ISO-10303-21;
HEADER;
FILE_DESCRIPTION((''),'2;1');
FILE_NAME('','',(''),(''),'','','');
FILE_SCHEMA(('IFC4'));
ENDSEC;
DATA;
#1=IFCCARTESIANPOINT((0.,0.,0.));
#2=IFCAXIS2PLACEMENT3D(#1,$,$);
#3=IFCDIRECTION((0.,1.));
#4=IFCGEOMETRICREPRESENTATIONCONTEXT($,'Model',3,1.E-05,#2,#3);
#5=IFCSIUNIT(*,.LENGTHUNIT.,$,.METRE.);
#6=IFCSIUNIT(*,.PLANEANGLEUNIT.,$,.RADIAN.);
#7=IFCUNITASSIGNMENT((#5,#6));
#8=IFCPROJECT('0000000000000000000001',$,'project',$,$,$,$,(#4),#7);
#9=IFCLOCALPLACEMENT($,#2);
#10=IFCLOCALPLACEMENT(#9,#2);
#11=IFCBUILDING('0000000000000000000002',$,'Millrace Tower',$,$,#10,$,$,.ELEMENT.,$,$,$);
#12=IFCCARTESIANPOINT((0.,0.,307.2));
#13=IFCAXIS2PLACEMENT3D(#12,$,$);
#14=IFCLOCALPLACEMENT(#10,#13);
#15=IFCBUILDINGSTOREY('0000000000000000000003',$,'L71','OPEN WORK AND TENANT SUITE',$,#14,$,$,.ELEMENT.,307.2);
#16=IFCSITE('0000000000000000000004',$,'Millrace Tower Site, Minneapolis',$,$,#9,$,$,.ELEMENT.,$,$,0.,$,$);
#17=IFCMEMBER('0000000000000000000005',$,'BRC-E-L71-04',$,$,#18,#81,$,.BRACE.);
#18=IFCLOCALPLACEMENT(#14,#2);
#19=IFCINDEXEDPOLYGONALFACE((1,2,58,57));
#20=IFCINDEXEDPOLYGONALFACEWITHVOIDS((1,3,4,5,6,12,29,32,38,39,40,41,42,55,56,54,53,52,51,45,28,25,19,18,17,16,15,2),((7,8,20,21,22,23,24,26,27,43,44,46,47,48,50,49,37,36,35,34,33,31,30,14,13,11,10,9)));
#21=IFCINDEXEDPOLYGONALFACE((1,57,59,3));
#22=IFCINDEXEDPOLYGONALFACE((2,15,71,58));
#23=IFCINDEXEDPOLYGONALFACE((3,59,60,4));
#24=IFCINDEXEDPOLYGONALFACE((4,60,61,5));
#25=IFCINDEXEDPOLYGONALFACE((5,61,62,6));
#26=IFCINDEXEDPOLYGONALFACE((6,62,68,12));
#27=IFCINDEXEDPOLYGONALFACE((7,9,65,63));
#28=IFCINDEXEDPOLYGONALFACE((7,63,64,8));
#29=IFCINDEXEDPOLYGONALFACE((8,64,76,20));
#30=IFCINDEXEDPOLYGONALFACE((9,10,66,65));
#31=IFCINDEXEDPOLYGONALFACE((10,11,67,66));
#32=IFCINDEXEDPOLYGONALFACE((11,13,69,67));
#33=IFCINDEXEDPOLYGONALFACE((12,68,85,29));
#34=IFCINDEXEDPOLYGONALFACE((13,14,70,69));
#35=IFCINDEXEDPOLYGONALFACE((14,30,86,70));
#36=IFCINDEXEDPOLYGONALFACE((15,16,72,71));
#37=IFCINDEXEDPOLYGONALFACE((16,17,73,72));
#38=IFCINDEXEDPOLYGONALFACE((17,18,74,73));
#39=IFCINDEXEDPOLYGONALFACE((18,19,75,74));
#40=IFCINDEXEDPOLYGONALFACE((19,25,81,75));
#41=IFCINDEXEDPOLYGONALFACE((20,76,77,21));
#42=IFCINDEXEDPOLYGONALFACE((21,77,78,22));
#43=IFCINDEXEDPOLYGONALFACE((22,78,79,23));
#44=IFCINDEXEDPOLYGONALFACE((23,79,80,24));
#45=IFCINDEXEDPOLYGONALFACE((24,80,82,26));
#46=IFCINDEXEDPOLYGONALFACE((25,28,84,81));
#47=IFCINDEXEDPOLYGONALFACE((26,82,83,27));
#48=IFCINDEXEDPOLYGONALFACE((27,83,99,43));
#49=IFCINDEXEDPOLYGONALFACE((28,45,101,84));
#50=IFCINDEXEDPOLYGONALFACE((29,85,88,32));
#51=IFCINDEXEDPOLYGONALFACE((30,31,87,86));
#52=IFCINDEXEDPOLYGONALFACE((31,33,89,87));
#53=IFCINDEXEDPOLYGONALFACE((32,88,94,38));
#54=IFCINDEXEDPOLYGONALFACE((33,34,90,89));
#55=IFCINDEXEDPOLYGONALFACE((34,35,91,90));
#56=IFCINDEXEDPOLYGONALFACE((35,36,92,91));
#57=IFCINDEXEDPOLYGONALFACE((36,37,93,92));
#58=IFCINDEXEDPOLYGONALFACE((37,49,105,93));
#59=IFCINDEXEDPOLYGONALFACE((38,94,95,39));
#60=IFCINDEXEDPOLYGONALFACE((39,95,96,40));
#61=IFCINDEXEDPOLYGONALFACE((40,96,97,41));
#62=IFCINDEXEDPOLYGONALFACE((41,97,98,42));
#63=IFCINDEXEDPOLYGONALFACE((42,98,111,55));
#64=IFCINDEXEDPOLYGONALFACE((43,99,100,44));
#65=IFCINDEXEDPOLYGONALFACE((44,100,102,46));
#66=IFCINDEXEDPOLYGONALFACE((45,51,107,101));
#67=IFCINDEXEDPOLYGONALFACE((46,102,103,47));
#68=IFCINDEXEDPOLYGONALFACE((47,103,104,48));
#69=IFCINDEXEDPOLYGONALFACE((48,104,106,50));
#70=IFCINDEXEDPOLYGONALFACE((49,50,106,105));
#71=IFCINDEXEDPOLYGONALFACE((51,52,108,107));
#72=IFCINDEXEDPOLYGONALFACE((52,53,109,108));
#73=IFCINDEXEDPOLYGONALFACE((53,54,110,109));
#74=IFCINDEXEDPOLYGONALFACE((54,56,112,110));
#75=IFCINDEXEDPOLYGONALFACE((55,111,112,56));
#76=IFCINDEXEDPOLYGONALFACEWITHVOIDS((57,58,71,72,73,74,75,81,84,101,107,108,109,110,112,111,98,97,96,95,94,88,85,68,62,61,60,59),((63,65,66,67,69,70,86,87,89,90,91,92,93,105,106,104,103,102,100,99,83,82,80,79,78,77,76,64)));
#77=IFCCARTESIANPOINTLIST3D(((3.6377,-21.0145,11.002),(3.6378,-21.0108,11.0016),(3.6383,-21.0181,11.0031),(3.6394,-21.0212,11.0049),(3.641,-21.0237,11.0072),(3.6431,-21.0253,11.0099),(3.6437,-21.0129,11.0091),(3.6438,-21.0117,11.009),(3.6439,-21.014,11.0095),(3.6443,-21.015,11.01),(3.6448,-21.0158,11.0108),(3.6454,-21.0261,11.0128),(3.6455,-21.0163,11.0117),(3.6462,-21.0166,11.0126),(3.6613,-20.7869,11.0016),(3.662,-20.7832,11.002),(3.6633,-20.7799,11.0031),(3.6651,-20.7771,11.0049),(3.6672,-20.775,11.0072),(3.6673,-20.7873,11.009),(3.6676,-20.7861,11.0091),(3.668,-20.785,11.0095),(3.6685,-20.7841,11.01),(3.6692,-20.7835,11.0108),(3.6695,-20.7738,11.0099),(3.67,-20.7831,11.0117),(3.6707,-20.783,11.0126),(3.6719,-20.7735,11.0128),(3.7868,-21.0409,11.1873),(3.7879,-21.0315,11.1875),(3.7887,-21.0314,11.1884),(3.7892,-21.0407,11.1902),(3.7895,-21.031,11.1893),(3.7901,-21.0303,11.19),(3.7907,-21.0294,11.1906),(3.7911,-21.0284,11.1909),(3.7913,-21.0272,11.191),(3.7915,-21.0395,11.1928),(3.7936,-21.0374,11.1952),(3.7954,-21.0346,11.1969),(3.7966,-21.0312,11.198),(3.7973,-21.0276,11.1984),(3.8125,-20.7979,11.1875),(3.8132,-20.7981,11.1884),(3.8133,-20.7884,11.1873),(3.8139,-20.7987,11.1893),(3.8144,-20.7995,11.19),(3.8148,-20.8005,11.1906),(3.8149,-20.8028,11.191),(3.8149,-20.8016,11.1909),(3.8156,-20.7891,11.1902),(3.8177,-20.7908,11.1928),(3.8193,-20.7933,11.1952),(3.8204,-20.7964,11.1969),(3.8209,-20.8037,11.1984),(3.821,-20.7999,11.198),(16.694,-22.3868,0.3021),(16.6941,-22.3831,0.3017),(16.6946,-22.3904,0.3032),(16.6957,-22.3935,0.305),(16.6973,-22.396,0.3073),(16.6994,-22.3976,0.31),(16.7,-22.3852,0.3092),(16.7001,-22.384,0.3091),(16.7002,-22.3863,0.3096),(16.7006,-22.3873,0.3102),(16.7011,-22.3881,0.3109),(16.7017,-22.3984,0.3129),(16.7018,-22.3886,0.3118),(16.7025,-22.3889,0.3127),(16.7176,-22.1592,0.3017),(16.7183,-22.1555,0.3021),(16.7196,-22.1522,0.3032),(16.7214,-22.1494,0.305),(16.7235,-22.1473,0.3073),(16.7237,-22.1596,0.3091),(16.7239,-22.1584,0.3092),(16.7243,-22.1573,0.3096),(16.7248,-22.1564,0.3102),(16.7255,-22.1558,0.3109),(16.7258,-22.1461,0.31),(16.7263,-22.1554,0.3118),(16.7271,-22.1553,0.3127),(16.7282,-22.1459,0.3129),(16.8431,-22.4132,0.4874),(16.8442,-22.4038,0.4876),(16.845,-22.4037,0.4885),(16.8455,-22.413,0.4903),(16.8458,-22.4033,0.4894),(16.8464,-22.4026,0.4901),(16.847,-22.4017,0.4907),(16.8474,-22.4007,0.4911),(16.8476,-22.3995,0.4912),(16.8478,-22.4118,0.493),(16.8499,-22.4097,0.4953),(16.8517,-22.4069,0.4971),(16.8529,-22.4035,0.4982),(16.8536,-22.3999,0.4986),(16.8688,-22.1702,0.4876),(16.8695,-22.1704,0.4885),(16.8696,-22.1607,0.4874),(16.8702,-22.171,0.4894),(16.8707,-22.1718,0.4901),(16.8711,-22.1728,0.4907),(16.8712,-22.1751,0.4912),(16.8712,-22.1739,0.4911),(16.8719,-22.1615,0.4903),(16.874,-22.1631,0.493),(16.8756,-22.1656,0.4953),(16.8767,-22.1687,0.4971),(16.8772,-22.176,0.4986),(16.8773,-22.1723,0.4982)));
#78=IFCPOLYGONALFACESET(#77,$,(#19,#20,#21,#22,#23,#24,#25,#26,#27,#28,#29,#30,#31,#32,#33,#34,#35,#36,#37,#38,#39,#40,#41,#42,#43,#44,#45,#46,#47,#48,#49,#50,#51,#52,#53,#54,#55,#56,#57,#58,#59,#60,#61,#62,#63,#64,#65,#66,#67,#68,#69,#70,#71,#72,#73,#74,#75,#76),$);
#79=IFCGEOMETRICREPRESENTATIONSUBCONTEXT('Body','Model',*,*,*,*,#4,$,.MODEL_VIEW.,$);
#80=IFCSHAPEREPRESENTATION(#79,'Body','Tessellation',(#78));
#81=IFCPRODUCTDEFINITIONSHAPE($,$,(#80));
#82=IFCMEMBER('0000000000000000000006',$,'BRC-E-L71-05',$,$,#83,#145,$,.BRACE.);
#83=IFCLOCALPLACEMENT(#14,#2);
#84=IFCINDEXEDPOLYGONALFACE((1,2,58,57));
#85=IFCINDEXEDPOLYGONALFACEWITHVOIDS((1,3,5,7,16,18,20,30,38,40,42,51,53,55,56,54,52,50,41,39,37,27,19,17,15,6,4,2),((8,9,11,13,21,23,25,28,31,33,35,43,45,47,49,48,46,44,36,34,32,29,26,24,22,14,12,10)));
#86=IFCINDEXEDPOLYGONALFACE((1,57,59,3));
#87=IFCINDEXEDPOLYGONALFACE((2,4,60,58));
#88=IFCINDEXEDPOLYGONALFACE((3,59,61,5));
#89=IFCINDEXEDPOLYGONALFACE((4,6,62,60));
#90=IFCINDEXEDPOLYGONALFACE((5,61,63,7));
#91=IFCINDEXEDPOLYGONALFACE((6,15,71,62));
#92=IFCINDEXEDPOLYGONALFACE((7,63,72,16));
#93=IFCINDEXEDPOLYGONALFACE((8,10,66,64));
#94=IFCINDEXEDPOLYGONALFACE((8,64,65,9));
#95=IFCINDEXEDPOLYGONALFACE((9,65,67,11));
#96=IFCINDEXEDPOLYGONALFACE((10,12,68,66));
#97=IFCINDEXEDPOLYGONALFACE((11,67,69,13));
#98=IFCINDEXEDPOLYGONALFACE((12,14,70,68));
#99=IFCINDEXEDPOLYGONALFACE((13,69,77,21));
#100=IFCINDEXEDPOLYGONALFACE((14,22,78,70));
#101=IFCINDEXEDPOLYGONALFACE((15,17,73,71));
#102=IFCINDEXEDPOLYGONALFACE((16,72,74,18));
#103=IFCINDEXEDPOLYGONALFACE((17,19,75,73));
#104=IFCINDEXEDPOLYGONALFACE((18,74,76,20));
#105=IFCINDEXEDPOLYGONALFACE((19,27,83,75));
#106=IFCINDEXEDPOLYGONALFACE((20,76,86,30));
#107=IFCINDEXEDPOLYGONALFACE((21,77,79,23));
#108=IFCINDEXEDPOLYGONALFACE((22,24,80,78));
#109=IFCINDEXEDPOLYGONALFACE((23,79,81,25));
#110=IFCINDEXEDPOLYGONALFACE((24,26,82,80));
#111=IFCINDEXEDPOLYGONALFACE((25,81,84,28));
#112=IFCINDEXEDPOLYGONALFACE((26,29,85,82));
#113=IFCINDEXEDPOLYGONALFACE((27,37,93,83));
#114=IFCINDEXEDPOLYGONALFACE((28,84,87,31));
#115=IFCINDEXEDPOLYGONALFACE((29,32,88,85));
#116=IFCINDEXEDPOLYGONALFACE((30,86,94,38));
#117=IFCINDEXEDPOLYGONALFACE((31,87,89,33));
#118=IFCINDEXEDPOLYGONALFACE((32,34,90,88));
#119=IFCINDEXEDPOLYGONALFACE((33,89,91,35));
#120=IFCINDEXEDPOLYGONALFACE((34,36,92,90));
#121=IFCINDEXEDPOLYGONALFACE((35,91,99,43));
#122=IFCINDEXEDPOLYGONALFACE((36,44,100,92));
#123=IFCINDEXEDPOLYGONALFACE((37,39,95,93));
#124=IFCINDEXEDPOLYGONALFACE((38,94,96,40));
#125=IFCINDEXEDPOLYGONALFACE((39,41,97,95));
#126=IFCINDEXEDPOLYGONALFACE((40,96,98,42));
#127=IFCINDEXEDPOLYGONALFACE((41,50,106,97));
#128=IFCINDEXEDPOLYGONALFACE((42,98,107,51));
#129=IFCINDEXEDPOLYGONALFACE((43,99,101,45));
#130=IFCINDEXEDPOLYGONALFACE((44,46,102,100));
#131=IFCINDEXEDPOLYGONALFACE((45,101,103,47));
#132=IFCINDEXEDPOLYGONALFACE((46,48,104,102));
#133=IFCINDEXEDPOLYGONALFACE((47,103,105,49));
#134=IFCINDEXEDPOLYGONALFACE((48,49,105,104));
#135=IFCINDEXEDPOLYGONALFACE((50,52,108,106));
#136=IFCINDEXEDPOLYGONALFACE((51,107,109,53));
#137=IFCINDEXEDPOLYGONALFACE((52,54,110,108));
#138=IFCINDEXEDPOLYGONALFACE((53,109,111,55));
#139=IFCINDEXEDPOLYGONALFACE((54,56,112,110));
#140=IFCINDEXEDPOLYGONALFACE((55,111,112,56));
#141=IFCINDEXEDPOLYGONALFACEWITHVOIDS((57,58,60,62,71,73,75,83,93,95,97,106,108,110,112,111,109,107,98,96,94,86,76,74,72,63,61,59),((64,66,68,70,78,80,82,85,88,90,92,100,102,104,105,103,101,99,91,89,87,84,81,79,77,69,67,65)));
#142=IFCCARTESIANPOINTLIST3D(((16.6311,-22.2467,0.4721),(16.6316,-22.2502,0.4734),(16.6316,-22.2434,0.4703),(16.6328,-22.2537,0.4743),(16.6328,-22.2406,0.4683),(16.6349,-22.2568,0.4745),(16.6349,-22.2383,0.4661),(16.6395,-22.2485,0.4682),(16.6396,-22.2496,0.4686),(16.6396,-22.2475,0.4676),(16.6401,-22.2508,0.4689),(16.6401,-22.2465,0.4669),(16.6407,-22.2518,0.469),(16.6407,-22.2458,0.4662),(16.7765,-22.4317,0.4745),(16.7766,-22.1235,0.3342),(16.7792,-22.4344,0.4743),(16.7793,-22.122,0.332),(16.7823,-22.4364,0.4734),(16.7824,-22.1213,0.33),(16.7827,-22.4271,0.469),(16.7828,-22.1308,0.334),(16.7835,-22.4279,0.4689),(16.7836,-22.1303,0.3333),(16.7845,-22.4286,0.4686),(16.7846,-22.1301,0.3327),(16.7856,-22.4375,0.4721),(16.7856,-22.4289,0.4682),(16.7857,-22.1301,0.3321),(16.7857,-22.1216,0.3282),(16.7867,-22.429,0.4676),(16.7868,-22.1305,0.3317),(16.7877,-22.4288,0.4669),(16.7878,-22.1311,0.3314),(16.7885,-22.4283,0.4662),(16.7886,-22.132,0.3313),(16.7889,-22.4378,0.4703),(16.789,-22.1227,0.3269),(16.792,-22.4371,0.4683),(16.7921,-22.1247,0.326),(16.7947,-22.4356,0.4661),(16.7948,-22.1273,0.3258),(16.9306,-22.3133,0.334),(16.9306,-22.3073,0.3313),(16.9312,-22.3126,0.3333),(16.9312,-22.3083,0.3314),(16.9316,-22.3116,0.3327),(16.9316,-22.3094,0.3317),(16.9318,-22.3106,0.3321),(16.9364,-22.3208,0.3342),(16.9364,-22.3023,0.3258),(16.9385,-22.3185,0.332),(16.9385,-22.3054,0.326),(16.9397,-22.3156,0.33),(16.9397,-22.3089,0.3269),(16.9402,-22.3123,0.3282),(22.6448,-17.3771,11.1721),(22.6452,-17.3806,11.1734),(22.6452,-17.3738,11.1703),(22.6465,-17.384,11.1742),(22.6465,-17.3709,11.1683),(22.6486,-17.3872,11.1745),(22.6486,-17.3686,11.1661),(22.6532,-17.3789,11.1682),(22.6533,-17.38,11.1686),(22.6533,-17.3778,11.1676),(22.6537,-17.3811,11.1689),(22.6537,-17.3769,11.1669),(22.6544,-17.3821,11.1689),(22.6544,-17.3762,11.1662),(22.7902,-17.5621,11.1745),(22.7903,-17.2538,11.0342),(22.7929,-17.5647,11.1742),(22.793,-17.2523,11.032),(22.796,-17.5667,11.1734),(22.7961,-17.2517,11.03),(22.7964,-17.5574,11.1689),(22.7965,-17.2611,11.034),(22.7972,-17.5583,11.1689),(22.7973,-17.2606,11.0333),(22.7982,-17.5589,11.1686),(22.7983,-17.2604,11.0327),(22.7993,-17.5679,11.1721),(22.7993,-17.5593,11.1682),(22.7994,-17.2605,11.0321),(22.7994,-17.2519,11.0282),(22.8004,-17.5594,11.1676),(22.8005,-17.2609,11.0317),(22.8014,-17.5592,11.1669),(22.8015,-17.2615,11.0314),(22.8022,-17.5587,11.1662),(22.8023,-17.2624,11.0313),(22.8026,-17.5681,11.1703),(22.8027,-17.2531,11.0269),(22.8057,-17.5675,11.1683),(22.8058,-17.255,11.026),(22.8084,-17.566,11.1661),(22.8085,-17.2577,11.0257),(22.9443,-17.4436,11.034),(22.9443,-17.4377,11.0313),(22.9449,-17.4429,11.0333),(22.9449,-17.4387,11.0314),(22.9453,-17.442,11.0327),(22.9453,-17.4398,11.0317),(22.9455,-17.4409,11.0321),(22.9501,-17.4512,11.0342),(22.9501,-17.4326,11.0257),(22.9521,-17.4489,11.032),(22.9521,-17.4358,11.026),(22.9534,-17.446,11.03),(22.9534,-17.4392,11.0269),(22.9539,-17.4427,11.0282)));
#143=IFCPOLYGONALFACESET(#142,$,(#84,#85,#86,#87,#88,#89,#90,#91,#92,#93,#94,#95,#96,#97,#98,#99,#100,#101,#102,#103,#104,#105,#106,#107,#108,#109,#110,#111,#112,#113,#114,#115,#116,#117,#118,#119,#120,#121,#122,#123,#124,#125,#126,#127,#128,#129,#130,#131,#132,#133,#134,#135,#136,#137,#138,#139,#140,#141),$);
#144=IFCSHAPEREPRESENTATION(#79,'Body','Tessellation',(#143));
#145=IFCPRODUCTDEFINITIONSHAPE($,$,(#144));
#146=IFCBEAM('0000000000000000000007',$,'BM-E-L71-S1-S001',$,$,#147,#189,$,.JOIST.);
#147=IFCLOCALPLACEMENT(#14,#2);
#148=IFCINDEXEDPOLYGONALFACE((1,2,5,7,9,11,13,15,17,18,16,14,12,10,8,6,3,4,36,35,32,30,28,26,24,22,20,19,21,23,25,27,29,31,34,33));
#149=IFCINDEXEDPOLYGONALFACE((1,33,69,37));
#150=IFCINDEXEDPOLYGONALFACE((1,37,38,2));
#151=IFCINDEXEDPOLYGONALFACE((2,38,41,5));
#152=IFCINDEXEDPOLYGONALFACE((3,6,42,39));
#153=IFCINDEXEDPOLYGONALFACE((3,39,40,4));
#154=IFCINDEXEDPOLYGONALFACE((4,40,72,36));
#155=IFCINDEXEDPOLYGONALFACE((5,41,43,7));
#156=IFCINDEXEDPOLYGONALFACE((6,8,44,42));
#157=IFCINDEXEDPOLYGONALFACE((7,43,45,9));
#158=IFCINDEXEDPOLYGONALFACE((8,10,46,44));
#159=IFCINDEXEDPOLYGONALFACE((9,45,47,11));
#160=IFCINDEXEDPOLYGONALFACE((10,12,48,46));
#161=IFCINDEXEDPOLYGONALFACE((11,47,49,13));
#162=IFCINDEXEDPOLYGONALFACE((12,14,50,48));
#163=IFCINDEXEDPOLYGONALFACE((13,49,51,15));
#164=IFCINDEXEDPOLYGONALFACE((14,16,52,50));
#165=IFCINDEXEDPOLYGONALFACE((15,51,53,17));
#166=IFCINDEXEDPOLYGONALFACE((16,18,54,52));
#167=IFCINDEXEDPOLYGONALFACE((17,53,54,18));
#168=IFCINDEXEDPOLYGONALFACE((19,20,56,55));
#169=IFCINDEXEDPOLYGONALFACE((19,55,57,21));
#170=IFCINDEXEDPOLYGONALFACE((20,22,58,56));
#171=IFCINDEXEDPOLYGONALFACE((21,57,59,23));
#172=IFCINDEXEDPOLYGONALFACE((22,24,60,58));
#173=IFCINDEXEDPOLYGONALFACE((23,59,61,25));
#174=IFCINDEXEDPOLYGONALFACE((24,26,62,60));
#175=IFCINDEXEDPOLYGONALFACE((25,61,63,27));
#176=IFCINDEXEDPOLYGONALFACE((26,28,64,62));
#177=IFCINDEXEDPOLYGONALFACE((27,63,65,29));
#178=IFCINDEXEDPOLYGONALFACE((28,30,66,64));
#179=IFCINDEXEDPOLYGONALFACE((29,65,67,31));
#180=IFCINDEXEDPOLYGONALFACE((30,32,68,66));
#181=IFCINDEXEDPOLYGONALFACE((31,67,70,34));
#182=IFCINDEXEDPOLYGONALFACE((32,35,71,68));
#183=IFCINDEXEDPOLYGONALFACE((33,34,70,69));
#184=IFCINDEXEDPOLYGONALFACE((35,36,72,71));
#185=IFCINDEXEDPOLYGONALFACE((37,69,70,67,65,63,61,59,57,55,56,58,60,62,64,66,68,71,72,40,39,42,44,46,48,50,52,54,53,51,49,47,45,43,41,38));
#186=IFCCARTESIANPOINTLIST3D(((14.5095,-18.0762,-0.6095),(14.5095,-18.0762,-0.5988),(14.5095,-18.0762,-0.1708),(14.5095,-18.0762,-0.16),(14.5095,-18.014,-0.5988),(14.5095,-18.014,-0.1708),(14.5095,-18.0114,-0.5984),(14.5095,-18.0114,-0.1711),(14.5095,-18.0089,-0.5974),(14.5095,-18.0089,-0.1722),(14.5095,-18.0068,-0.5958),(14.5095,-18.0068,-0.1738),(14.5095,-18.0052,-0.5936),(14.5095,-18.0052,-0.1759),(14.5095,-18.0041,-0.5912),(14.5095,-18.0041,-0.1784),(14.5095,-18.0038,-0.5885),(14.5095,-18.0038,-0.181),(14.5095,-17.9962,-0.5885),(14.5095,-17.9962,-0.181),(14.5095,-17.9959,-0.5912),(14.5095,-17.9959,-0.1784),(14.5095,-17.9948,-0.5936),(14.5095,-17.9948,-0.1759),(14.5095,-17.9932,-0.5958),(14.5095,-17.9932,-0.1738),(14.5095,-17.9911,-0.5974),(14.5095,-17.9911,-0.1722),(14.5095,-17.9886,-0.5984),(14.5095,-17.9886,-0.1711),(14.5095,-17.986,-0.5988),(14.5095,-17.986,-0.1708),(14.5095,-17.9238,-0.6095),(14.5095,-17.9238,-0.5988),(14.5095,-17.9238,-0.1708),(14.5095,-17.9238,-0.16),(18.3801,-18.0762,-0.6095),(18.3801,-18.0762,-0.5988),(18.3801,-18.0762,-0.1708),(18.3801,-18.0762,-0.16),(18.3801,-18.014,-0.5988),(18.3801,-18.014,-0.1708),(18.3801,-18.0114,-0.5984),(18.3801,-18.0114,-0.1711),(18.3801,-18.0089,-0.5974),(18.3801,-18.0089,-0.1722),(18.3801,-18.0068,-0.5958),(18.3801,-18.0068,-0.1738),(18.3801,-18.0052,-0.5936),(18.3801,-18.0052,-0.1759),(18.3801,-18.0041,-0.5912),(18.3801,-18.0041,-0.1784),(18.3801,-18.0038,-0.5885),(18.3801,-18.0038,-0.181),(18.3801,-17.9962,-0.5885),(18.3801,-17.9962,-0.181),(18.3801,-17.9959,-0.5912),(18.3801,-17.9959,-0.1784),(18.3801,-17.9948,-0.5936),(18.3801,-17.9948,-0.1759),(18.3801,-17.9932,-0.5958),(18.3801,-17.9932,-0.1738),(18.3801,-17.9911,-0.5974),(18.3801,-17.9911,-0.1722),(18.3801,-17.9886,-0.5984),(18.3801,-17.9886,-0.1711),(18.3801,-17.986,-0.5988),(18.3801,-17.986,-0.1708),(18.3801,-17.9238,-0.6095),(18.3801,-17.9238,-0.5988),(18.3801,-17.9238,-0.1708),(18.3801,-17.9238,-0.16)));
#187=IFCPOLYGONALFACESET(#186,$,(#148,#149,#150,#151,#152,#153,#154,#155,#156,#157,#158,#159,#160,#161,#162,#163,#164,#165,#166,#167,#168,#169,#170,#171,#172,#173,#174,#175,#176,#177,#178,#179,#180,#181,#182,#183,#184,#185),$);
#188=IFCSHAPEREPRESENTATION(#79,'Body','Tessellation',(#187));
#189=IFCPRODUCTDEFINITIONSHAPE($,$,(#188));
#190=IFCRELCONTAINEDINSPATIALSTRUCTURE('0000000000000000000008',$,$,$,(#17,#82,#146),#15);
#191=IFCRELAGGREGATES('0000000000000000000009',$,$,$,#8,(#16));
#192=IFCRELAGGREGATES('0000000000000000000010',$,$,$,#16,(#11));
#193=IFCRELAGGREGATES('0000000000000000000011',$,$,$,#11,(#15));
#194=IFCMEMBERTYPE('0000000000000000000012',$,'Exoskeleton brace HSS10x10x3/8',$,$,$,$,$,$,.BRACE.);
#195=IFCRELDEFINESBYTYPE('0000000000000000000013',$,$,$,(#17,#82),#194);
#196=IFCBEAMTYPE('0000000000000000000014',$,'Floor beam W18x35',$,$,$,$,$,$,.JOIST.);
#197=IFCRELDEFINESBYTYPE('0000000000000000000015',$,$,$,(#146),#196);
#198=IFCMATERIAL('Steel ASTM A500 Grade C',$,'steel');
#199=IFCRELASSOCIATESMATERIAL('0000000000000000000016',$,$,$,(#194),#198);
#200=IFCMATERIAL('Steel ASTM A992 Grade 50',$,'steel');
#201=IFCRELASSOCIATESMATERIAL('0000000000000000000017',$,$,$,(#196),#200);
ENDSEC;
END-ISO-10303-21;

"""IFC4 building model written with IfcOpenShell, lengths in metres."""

from ifc_helpers import new_model, si_unit, direction, frame, origin, origin_2d, place, context, subcontext, project, spatial, hollow_rectangle, i_section, extrude, material, material_profile, profile_set, type_object, element, save


model = new_model("IFC4")

# Units and contexts
model_context = context("Model", 3, precision=1e-05, world=origin(), true_north=direction((0.0, 1.0)))
body_context = subcontext(model_context, "Body", "Model", "MODEL_VIEW")
ifc_project = project(units=[si_unit("LENGTHUNIT", "METRE"), si_unit("PLANEANGLEUNIT", "RADIAN")], contexts=[model_context])

# Site, building, storey
site_placement = place(None, origin())
site = spatial("IfcSite", under=ifc_project, at=site_placement, Name="Millrace Tower Site, Minneapolis", CompositionType="ELEMENT", RefElevation=0.0)
building_placement = place(site_placement, origin())
building = spatial("IfcBuilding", under=site, at=building_placement, Name="Millrace Tower", CompositionType="ELEMENT")
storey_placement = place(building_placement, frame((0.0, 0.0, 307.2)))
storey = spatial("IfcBuildingStorey", under=building, at=storey_placement, Name="L71", Description="OPEN WORK AND TENANT SUITE", CompositionType="ELEMENT", Elevation=307.2)

# Members
ifc_material_1 = material(Name="Steel ASTM A500 Grade C", Category="steel")
ifc_material_profile_1 = material_profile(ifc_material_1, hollow_rectangle(XDim=0.2539, YDim=0.2539, WallThickness=0.0095, InnerFilletRadius=0.0046, OuterFilletRadius=0.0144, at=origin_2d()))
ifc_profile_set_1 = profile_set([ifc_material_profile_1], Name="Steel ASTM A500 Grade C")
member_type_1 = type_object("IfcMemberType", Name="Exoskeleton brace HSS10x10x3/8", PredefinedType="BRACE", material=ifc_profile_set_1)
member_1_placement = place(storey_placement, frame((16.7856, -22.2795, 0.4001), z_axis=(-0.770907, 0.081028, 0.631772), x_axis=(-0.104531, -0.994522, 0.0)))
element("IfcMember", 1, at=member_1_placement, inside=storey, type_object=member_type_1, Name="BRC-E-L71-04", PredefinedType="BRACE", context=body_context, shape_type="SweptSolid", body=[
    extrude(hollow_rectangle(XDim=0.2539, YDim=0.2539, WallThickness=0.0095, InnerFilletRadius=0.0046, OuterFilletRadius=0.0144, at=origin_2d()), origin(), (0.0, 0.0, 1.0), 16.9363),
])
member_2_placement = place(storey_placement, frame((16.7856, -22.2795, 0.4001), z_axis=(0.455416, 0.368777, 0.810308), x_axis=(-0.629309, 0.777155, 0.0)))
element("IfcMember", 2, at=member_2_placement, inside=storey, type_object=member_type_1, Name="BRC-E-L71-05", PredefinedType="BRACE", context=body_context, shape_type="SweptSolid", body=[
    extrude(hollow_rectangle(XDim=0.2539, YDim=0.2539, WallThickness=0.0095, InnerFilletRadius=0.0046, OuterFilletRadius=0.0144, at=origin_2d()), origin(), (0.0, 0.0, 1.0), 13.2048),
])

# Beam
ifc_material_2 = material(Name="Steel ASTM A992 Grade 50", Category="steel")
ifc_material_profile_2 = material_profile(ifc_material_2, i_section(OverallWidth=0.1523, OverallDepth=0.4495, WebThickness=0.0076, FlangeThickness=0.0107, FilletRadius=0.0103, at=origin_2d()))
ifc_profile_set_2 = profile_set([ifc_material_profile_2], Name="Steel ASTM A992 Grade 50")
beam_type_1 = type_object("IfcBeamType", Name="Floor beam W18x35", PredefinedType="JOIST", material=ifc_profile_set_2)
beam_1_placement = place(storey_placement, frame((14.5095, -18.0, -0.3848), z_axis=(1.0, 0.0, 0.0), x_axis=(0.0, 1.0, 0.0)))
element("IfcBeam", 3, at=beam_1_placement, inside=storey, type_object=beam_type_1, Name="BM-E-L71-S1-S001", PredefinedType="JOIST", context=body_context, shape_type="SweptSolid", body=[
    extrude(i_section(OverallWidth=0.1523, OverallDepth=0.4495, WebThickness=0.0076, FlangeThickness=0.0107, FilletRadius=0.0103, at=origin_2d()), origin(), (0.0, 0.0, 1.0), 3.8706),
])

save(model, "model.ifc")
